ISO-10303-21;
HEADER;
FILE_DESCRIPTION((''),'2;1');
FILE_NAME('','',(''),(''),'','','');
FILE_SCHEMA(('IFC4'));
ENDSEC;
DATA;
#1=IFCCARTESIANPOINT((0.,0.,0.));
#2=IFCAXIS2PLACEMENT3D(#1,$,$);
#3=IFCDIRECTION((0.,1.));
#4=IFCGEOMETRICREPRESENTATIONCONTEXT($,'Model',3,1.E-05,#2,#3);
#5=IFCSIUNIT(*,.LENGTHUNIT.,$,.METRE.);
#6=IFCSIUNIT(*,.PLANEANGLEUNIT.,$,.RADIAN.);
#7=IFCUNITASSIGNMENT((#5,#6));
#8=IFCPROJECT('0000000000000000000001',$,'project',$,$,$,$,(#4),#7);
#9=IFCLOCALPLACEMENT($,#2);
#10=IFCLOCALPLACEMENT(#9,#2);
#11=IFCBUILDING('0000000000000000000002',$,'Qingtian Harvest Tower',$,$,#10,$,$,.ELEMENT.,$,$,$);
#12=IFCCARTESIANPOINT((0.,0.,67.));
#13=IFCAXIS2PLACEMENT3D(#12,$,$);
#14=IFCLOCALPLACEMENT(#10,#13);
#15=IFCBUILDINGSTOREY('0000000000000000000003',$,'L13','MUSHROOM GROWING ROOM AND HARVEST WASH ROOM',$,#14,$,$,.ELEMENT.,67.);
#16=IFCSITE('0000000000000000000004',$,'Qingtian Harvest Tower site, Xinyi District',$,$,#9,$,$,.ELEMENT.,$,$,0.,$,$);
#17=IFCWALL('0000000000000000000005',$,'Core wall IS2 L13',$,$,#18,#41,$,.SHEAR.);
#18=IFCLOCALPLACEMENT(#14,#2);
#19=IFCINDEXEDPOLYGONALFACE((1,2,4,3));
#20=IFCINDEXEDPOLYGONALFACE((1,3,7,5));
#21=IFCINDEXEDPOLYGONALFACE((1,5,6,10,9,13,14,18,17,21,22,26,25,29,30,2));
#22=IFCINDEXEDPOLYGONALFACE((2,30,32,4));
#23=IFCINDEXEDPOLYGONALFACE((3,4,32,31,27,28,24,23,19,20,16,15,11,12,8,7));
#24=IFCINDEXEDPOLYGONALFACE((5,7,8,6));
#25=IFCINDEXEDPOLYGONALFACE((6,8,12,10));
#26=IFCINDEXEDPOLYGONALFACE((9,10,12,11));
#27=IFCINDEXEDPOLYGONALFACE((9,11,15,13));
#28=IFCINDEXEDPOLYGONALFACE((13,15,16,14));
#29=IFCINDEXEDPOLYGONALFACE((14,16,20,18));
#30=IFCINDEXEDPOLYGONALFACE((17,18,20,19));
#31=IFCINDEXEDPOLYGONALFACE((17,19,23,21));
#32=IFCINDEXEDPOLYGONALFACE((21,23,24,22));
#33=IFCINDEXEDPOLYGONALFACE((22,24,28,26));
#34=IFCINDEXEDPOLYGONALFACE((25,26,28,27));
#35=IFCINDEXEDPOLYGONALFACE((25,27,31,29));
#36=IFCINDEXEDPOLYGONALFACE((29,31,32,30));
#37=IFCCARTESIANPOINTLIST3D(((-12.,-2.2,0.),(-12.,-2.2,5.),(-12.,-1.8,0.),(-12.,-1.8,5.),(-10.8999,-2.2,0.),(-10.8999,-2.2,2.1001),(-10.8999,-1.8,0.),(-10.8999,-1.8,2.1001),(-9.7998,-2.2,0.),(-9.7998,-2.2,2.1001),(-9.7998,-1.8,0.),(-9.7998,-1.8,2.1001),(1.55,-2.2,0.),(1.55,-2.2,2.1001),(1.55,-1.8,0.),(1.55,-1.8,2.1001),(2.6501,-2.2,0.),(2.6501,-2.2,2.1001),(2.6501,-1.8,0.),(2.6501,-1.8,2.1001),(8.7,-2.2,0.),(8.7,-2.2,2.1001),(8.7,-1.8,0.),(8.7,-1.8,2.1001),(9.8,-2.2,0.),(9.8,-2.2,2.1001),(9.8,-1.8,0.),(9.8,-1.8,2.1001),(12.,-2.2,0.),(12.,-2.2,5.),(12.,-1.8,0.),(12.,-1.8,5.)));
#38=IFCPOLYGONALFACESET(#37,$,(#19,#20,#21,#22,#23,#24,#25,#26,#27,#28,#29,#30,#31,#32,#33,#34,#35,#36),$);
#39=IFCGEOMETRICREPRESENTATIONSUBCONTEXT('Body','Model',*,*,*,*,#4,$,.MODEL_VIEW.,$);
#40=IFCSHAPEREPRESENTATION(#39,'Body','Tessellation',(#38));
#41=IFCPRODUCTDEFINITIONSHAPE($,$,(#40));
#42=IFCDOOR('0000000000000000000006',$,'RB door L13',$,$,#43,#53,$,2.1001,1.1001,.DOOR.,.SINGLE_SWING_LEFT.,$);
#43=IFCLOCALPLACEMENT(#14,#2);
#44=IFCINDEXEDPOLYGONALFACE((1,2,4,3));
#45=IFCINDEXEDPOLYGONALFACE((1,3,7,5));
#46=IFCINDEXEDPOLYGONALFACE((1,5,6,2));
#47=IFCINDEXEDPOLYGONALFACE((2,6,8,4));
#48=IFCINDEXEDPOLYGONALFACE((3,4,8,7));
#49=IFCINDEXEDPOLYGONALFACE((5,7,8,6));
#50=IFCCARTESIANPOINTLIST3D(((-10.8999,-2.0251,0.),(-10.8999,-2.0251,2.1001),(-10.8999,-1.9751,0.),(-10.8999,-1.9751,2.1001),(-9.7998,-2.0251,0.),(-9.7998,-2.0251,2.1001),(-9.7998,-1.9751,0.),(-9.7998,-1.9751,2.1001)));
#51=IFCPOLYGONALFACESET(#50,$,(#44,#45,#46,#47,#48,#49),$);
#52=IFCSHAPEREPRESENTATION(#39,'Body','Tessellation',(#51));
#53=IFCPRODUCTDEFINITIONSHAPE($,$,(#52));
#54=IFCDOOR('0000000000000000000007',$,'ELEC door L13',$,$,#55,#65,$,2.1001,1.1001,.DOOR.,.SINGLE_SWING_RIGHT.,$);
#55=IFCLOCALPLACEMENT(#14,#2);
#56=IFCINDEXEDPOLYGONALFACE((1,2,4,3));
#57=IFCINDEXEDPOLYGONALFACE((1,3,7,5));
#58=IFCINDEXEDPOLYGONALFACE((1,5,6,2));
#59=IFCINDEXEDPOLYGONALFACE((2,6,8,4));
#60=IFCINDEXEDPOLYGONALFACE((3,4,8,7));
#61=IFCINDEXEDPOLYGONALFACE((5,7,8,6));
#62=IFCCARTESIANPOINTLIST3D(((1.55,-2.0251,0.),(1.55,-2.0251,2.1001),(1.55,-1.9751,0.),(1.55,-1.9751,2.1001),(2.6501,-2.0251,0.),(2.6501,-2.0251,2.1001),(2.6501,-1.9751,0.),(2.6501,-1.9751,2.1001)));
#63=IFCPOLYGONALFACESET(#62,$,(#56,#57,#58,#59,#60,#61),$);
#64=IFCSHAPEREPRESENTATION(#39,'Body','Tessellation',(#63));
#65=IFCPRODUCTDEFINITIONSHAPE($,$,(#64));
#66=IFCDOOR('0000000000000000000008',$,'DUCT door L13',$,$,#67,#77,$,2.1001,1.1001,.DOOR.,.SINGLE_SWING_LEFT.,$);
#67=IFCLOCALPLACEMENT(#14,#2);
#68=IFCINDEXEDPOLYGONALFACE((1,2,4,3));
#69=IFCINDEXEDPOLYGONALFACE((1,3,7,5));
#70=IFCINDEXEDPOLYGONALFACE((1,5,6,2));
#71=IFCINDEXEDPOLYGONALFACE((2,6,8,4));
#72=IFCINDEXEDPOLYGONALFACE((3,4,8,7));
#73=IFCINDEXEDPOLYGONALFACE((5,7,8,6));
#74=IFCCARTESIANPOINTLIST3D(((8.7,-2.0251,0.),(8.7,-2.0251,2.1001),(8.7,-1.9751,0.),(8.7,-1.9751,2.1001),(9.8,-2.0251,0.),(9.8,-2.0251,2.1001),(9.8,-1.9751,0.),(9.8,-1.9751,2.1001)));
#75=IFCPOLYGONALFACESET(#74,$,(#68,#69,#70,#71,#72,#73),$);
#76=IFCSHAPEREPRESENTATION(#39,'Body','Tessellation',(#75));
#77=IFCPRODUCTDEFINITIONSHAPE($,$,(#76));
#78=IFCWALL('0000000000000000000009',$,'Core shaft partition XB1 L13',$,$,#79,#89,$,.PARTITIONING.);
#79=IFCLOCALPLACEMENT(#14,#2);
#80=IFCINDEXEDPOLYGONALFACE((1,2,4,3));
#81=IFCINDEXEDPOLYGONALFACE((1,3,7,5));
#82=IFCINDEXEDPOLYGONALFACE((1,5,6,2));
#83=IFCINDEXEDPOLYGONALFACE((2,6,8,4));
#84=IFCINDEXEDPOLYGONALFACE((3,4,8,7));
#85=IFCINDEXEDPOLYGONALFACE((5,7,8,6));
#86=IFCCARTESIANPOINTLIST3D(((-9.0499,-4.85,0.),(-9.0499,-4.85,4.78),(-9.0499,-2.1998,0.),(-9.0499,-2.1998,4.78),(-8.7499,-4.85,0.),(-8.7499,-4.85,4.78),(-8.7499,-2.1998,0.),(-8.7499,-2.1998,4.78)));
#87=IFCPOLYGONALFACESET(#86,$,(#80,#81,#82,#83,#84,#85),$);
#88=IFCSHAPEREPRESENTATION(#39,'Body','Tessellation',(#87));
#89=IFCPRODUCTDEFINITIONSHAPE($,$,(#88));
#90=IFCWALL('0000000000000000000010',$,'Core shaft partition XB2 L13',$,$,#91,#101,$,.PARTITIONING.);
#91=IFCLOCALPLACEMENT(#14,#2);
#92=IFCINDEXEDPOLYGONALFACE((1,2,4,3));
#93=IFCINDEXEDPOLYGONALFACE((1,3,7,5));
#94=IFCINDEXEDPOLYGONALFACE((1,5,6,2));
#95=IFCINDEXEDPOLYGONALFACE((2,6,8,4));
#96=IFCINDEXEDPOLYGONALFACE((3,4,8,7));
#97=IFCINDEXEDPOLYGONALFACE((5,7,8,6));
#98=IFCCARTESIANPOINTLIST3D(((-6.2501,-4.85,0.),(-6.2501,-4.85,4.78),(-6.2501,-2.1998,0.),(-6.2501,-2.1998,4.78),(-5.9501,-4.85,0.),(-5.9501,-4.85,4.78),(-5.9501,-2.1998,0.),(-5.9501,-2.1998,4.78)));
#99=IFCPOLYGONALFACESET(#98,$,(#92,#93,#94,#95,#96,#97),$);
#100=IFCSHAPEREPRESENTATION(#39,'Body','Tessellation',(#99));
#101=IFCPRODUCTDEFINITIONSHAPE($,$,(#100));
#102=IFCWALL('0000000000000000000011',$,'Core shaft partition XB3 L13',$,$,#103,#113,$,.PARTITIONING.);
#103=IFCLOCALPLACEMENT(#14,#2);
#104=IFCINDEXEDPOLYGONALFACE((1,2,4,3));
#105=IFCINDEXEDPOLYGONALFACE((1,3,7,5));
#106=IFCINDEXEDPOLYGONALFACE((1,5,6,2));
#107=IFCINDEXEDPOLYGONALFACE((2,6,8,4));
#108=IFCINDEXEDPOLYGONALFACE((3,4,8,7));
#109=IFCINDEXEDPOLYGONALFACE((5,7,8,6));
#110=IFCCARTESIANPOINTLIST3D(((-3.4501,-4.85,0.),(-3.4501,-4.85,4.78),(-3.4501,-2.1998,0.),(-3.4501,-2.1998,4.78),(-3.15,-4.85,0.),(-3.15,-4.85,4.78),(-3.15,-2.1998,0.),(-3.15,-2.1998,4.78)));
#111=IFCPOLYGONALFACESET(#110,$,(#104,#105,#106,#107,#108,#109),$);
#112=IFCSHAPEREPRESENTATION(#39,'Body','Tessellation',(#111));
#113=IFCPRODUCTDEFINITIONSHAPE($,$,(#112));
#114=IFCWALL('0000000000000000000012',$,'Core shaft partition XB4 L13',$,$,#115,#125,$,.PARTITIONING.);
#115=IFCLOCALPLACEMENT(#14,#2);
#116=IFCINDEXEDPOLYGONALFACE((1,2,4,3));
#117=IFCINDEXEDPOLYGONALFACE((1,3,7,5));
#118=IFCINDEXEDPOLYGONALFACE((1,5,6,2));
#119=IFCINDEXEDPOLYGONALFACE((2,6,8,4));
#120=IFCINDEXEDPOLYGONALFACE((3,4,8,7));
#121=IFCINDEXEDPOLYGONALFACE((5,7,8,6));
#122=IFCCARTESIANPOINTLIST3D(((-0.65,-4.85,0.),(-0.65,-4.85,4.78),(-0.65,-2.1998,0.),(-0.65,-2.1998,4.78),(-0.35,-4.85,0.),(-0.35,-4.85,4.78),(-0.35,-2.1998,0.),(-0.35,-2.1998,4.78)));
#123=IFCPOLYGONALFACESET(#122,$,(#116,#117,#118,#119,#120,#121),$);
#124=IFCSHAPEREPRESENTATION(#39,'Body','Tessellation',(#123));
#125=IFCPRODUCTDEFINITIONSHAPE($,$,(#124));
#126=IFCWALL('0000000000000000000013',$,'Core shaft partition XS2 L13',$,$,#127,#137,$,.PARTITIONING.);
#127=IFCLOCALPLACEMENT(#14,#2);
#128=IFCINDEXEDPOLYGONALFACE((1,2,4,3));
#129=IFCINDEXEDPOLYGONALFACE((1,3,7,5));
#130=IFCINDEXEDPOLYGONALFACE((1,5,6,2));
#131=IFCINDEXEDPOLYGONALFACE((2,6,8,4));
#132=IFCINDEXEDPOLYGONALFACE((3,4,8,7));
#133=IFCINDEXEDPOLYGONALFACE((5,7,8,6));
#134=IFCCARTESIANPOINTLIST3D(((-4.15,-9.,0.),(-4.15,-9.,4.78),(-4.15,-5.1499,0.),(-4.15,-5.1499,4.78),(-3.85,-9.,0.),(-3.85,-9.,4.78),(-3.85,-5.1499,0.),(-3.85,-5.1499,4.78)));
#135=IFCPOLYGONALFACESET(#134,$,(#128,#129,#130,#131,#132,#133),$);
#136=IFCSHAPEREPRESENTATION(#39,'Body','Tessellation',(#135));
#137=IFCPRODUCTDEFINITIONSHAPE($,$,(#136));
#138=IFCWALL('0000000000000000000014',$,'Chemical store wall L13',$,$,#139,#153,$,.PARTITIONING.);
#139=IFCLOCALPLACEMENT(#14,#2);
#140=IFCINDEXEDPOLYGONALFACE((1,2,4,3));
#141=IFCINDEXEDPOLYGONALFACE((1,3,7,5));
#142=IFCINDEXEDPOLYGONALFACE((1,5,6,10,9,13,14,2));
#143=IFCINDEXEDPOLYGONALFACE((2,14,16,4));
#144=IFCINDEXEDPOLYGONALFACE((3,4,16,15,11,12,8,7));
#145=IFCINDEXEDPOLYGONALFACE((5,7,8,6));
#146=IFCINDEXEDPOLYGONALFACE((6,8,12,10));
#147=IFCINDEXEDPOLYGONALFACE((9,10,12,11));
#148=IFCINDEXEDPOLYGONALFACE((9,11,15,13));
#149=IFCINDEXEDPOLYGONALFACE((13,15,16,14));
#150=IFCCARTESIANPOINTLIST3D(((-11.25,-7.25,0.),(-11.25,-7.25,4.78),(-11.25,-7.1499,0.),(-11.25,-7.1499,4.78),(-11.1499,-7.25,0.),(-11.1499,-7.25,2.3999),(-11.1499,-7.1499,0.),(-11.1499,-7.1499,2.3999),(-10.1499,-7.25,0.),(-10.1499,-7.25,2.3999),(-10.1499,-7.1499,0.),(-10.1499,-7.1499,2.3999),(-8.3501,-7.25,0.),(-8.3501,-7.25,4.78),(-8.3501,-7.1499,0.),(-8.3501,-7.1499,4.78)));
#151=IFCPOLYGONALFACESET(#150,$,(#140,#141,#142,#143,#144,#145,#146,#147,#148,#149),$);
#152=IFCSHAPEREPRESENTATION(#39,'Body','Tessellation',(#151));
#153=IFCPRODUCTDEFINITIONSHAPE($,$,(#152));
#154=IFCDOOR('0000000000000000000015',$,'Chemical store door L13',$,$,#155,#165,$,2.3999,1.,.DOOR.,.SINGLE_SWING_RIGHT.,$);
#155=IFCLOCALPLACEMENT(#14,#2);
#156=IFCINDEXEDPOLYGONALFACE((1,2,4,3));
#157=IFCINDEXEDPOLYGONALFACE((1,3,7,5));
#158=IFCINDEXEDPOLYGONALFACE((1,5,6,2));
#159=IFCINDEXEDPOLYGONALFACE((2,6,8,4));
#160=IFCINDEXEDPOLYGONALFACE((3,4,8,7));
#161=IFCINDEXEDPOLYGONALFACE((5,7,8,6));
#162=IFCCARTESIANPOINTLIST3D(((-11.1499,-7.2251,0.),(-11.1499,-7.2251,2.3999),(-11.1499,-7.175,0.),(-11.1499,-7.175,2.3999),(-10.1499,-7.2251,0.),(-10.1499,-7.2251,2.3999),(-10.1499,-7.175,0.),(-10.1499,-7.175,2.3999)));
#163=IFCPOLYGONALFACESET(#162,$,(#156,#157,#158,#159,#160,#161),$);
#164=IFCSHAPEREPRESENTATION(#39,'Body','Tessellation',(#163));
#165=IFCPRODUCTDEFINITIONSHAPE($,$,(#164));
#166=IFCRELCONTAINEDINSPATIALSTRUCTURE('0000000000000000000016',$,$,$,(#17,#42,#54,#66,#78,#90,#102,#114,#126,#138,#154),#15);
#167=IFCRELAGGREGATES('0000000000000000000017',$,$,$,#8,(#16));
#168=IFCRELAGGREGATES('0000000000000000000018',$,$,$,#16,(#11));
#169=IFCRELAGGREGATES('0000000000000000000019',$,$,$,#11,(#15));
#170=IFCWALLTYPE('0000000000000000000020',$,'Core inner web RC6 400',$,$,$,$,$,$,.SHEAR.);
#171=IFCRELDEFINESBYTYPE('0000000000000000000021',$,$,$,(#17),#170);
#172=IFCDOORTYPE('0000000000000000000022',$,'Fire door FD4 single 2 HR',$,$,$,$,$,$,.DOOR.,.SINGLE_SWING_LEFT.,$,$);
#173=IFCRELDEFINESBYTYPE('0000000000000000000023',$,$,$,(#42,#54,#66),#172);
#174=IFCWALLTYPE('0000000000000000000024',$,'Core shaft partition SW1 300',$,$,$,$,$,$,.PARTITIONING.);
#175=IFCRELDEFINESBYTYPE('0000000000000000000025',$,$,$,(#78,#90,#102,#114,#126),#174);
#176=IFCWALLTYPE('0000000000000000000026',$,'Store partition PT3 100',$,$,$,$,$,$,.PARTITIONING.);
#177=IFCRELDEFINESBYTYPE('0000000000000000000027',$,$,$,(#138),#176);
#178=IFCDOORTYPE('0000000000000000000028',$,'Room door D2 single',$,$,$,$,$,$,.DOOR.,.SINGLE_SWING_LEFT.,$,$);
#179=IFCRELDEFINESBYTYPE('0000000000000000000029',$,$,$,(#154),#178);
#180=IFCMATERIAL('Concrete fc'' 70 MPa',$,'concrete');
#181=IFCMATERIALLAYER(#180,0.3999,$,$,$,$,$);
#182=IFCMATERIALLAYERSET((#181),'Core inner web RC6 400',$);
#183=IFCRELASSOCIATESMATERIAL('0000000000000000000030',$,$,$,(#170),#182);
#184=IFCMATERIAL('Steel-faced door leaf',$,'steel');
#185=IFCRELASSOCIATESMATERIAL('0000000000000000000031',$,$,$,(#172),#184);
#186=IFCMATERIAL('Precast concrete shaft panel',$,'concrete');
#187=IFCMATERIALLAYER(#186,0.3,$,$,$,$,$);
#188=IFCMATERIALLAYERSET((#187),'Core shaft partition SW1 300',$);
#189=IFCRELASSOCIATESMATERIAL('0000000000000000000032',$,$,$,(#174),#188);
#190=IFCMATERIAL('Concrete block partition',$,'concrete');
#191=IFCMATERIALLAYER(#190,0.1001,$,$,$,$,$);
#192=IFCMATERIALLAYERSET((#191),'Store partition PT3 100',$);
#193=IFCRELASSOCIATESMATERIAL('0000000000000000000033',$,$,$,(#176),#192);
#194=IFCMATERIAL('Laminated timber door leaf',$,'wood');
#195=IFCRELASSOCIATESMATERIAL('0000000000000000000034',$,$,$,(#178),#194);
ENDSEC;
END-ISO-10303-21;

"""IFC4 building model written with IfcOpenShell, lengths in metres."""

from ifc_helpers import new_model, si_unit, direction, frame, frame_2d, origin, place, context, subcontext, project, spatial, rectangle, extrude, material, layer, layer_set, type_object, element, fill, save


model = new_model("IFC4")

# Units and contexts
model_context = context("Model", 3, precision=1e-05, world=origin(), true_north=direction((0.0, 1.0)))
body_context = subcontext(model_context, "Body", "Model", "MODEL_VIEW")
ifc_project = project(units=[si_unit("LENGTHUNIT", "METRE"), si_unit("PLANEANGLEUNIT", "RADIAN")], contexts=[model_context])

# Site, building, storey
site_placement = place(None, origin())
site = spatial("IfcSite", under=ifc_project, at=site_placement, Name="Qingtian Harvest Tower site, Xinyi District", CompositionType="ELEMENT", RefElevation=0.0)
building_placement = place(site_placement, origin())
building = spatial("IfcBuilding", under=site, at=building_placement, Name="Qingtian Harvest Tower", CompositionType="ELEMENT")
storey_placement = place(building_placement, frame((0.0, 0.0, 67.0)))
storey = spatial("IfcBuildingStorey", under=building, at=storey_placement, Name="L13", Description="MUSHROOM GROWING ROOM AND HARVEST WASH ROOM", CompositionType="ELEMENT", Elevation=67.0)

# Wall, openings, doors
ifc_material_1 = material(Name="Concrete fc' 70 MPa", Category="concrete")
ifc_layer_1 = layer(ifc_material_1, 0.3999)
ifc_layer_set_1 = layer_set([ifc_layer_1], Name="Core inner web RC6 400")
wall_type_1 = type_object("IfcWallType", Name="Core inner web RC6 400", PredefinedType="SHEAR", material=ifc_layer_set_1)
wall_1_placement = place(storey_placement, frame((-12.0, -2.0, 0.0), z_axis=(0.0, 0.0, 1.0), x_axis=(1.0, 0.0, 0.0)))
wall_1 = element("IfcWall", 1, at=wall_1_placement, inside=storey, type_object=wall_type_1, Name="Core wall IS2 L13", PredefinedType="SHEAR", context=body_context, shape_type="SweptSolid", body=[
    extrude(rectangle(XDim=24.0, YDim=0.3999, at=frame_2d((12.0, 0.0))), origin(), (0.0, 0.0, 1.0), 5.0),
])
opening_1_placement = place(wall_1_placement, frame((1.1001, 0.0, 0.0)))
opening_1 = element("IfcOpeningElement", 2, at=opening_1_placement, cuts=wall_1, PredefinedType="OPENING", context=body_context, shape_type="SweptSolid", body=[
    extrude(rectangle(XDim=1.1001, YDim=2.1001, at=frame_2d((0.55, 1.05))), frame((0.0, 0.21, 0.0), z_axis=(0.0, -1.0, 0.0), x_axis=(1.0, 0.0, 0.0)), (0.0, 0.0, 1.0), 0.4199),
])
opening_2_placement = place(wall_1_placement, frame((13.55, 0.0, 0.0)))
opening_2 = element("IfcOpeningElement", 3, at=opening_2_placement, cuts=wall_1, PredefinedType="OPENING", context=body_context, shape_type="SweptSolid", body=[
    extrude(rectangle(XDim=1.1001, YDim=2.1001, at=frame_2d((0.55, 1.05))), frame((0.0, 0.21, 0.0), z_axis=(0.0, -1.0, 0.0), x_axis=(1.0, 0.0, 0.0)), (0.0, 0.0, 1.0), 0.4199),
])
opening_3_placement = place(wall_1_placement, frame((20.7, 0.0, 0.0)))
opening_3 = element("IfcOpeningElement", 4, at=opening_3_placement, cuts=wall_1, PredefinedType="OPENING", context=body_context, shape_type="SweptSolid", body=[
    extrude(rectangle(XDim=1.1001, YDim=2.1001, at=frame_2d((0.55, 1.05))), frame((0.0, 0.21, 0.0), z_axis=(0.0, -1.0, 0.0), x_axis=(1.0, 0.0, 0.0)), (0.0, 0.0, 1.0), 0.4199),
])
ifc_material_2 = material(Name="Steel-faced door leaf", Category="steel")
door_type_1 = type_object("IfcDoorType", Name="Fire door FD4 single 2 HR", OperationType="SINGLE_SWING_LEFT", PredefinedType="DOOR", material=ifc_material_2)
door_1_placement = place(opening_1_placement, origin())
door_1 = element("IfcDoor", 5, at=door_1_placement, inside=storey, type_object=door_type_1, Name="RB door L13", OperationType="SINGLE_SWING_LEFT", OverallHeight=2.1001, OverallWidth=1.1001, PredefinedType="DOOR", context=body_context, shape_type="SweptSolid", body=[
    extrude(rectangle(XDim=1.1001, YDim=2.1001, at=frame_2d((0.55, 1.05))), frame((0.0, 0.0249, 0.0), z_axis=(0.0, -1.0, 0.0), x_axis=(1.0, 0.0, 0.0)), (0.0, 0.0, 1.0), 0.05),
])
fill(opening_1, door_1)
door_2_placement = place(opening_2_placement, origin())
door_2 = element("IfcDoor", 6, at=door_2_placement, inside=storey, type_object=door_type_1, Name="ELEC door L13", OperationType="SINGLE_SWING_RIGHT", OverallHeight=2.1001, OverallWidth=1.1001, PredefinedType="DOOR", context=body_context, shape_type="SweptSolid", body=[
    extrude(rectangle(XDim=1.1001, YDim=2.1001, at=frame_2d((0.55, 1.05))), frame((0.0, 0.0249, 0.0), z_axis=(0.0, -1.0, 0.0), x_axis=(1.0, 0.0, 0.0)), (0.0, 0.0, 1.0), 0.05),
])
fill(opening_2, door_2)
door_3_placement = place(opening_3_placement, origin())
door_3 = element("IfcDoor", 7, at=door_3_placement, inside=storey, type_object=door_type_1, Name="DUCT door L13", OperationType="SINGLE_SWING_LEFT", OverallHeight=2.1001, OverallWidth=1.1001, PredefinedType="DOOR", context=body_context, shape_type="SweptSolid", body=[
    extrude(rectangle(XDim=1.1001, YDim=2.1001, at=frame_2d((0.55, 1.05))), frame((0.0, 0.0249, 0.0), z_axis=(0.0, -1.0, 0.0), x_axis=(1.0, 0.0, 0.0)), (0.0, 0.0, 1.0), 0.05),
])
fill(opening_3, door_3)

# Walls
ifc_material_3 = material(Name="Precast concrete shaft panel", Category="concrete")
ifc_layer_2 = layer(ifc_material_3, 0.3)
ifc_layer_set_2 = layer_set([ifc_layer_2], Name="Core shaft partition SW1 300")
wall_type_2 = type_object("IfcWallType", Name="Core shaft partition SW1 300", PredefinedType="PARTITIONING", material=ifc_layer_set_2)
for number, where, z_axis, x_axis, name in (
    (8, (-8.8999, -4.8501, 0.0), (0.0, 0.0, 1.0), (0.0, 1.0, 0.0), "Core shaft partition XB1 L13"),
    (9, (-6.1001, -4.8501, 0.0), (0.0, 0.0, 1.0), (0.0, 1.0, 0.0), "Core shaft partition XB2 L13"),
    (10, (-3.3, -4.8501, 0.0), (0.0, 0.0, 1.0), (0.0, 1.0, 0.0), "Core shaft partition XB3 L13"),
    (11, (-0.5, -4.8501, 0.0), (0.0, 0.0, 1.0), (0.0, 1.0, 0.0), "Core shaft partition XB4 L13"),
):
    element("IfcWall", number, at=place(storey_placement, frame(where, z_axis=z_axis, x_axis=x_axis)), inside=storey, type_object=wall_type_2, Name=name, PredefinedType="PARTITIONING", context=body_context, shape_type="SweptSolid", body=[
        extrude(rectangle(XDim=2.6501, YDim=0.3, at=frame_2d((1.3252, 0.0))), origin(), (0.0, 0.0, 1.0), 4.78),
    ])
wall_2_placement = place(storey_placement, frame((-4.0, -9.0, 0.0), z_axis=(0.0, 0.0, 1.0), x_axis=(0.0, 1.0, 0.0)))
element("IfcWall", 12, at=wall_2_placement, inside=storey, type_object=wall_type_2, Name="Core shaft partition XS2 L13", PredefinedType="PARTITIONING", context=body_context, shape_type="SweptSolid", body=[
    extrude(rectangle(XDim=3.8501, YDim=0.3, at=frame_2d((1.925, 0.0))), origin(), (0.0, 0.0, 1.0), 4.78),
])

# Wall, opening, door
ifc_material_4 = material(Name="Concrete block partition", Category="concrete")
ifc_layer_3 = layer(ifc_material_4, 0.1001)
ifc_layer_set_3 = layer_set([ifc_layer_3], Name="Store partition PT3 100")
wall_type_3 = type_object("IfcWallType", Name="Store partition PT3 100", PredefinedType="PARTITIONING", material=ifc_layer_set_3)
wall_3_placement = place(storey_placement, frame((-11.25, -7.2, 0.0), z_axis=(0.0, 0.0, 1.0), x_axis=(1.0, 0.0, 0.0)))
wall_3 = element("IfcWall", 13, at=wall_3_placement, inside=storey, type_object=wall_type_3, Name="Chemical store wall L13", PredefinedType="PARTITIONING", context=body_context, shape_type="SweptSolid", body=[
    extrude(rectangle(XDim=2.8999, YDim=0.1001, at=frame_2d((1.45, 0.0))), origin(), (0.0, 0.0, 1.0), 4.78),
])
opening_4_placement = place(wall_3_placement, frame((0.1001, 0.0, 0.0)))
opening_4 = element("IfcOpeningElement", 14, at=opening_4_placement, cuts=wall_3, PredefinedType="OPENING", context=body_context, shape_type="SweptSolid", body=[
    extrude(rectangle(XDim=1.0, YDim=2.3999, at=frame_2d((0.5, 1.2))), frame((0.0, 0.0601, 0.0), z_axis=(0.0, -1.0, 0.0), x_axis=(1.0, 0.0, 0.0)), (0.0, 0.0, 1.0), 0.1201),
])
ifc_material_5 = material(Name="Laminated timber door leaf", Category="wood")
door_type_2 = type_object("IfcDoorType", Name="Room door D2 single", OperationType="SINGLE_SWING_LEFT", PredefinedType="DOOR", material=ifc_material_5)
door_4_placement = place(opening_4_placement, origin())
door_4 = element("IfcDoor", 15, at=door_4_placement, inside=storey, type_object=door_type_2, Name="Chemical store door L13", OperationType="SINGLE_SWING_RIGHT", OverallHeight=2.3999, OverallWidth=1.0, PredefinedType="DOOR", context=body_context, shape_type="SweptSolid", body=[
    extrude(rectangle(XDim=1.0, YDim=2.3999, at=frame_2d((0.5, 1.2))), frame((0.0, 0.0249, 0.0), z_axis=(0.0, -1.0, 0.0), x_axis=(1.0, 0.0, 0.0)), (0.0, 0.0, 1.0), 0.05),
])
fill(opening_4, door_4)

save(model, "model.ifc")
